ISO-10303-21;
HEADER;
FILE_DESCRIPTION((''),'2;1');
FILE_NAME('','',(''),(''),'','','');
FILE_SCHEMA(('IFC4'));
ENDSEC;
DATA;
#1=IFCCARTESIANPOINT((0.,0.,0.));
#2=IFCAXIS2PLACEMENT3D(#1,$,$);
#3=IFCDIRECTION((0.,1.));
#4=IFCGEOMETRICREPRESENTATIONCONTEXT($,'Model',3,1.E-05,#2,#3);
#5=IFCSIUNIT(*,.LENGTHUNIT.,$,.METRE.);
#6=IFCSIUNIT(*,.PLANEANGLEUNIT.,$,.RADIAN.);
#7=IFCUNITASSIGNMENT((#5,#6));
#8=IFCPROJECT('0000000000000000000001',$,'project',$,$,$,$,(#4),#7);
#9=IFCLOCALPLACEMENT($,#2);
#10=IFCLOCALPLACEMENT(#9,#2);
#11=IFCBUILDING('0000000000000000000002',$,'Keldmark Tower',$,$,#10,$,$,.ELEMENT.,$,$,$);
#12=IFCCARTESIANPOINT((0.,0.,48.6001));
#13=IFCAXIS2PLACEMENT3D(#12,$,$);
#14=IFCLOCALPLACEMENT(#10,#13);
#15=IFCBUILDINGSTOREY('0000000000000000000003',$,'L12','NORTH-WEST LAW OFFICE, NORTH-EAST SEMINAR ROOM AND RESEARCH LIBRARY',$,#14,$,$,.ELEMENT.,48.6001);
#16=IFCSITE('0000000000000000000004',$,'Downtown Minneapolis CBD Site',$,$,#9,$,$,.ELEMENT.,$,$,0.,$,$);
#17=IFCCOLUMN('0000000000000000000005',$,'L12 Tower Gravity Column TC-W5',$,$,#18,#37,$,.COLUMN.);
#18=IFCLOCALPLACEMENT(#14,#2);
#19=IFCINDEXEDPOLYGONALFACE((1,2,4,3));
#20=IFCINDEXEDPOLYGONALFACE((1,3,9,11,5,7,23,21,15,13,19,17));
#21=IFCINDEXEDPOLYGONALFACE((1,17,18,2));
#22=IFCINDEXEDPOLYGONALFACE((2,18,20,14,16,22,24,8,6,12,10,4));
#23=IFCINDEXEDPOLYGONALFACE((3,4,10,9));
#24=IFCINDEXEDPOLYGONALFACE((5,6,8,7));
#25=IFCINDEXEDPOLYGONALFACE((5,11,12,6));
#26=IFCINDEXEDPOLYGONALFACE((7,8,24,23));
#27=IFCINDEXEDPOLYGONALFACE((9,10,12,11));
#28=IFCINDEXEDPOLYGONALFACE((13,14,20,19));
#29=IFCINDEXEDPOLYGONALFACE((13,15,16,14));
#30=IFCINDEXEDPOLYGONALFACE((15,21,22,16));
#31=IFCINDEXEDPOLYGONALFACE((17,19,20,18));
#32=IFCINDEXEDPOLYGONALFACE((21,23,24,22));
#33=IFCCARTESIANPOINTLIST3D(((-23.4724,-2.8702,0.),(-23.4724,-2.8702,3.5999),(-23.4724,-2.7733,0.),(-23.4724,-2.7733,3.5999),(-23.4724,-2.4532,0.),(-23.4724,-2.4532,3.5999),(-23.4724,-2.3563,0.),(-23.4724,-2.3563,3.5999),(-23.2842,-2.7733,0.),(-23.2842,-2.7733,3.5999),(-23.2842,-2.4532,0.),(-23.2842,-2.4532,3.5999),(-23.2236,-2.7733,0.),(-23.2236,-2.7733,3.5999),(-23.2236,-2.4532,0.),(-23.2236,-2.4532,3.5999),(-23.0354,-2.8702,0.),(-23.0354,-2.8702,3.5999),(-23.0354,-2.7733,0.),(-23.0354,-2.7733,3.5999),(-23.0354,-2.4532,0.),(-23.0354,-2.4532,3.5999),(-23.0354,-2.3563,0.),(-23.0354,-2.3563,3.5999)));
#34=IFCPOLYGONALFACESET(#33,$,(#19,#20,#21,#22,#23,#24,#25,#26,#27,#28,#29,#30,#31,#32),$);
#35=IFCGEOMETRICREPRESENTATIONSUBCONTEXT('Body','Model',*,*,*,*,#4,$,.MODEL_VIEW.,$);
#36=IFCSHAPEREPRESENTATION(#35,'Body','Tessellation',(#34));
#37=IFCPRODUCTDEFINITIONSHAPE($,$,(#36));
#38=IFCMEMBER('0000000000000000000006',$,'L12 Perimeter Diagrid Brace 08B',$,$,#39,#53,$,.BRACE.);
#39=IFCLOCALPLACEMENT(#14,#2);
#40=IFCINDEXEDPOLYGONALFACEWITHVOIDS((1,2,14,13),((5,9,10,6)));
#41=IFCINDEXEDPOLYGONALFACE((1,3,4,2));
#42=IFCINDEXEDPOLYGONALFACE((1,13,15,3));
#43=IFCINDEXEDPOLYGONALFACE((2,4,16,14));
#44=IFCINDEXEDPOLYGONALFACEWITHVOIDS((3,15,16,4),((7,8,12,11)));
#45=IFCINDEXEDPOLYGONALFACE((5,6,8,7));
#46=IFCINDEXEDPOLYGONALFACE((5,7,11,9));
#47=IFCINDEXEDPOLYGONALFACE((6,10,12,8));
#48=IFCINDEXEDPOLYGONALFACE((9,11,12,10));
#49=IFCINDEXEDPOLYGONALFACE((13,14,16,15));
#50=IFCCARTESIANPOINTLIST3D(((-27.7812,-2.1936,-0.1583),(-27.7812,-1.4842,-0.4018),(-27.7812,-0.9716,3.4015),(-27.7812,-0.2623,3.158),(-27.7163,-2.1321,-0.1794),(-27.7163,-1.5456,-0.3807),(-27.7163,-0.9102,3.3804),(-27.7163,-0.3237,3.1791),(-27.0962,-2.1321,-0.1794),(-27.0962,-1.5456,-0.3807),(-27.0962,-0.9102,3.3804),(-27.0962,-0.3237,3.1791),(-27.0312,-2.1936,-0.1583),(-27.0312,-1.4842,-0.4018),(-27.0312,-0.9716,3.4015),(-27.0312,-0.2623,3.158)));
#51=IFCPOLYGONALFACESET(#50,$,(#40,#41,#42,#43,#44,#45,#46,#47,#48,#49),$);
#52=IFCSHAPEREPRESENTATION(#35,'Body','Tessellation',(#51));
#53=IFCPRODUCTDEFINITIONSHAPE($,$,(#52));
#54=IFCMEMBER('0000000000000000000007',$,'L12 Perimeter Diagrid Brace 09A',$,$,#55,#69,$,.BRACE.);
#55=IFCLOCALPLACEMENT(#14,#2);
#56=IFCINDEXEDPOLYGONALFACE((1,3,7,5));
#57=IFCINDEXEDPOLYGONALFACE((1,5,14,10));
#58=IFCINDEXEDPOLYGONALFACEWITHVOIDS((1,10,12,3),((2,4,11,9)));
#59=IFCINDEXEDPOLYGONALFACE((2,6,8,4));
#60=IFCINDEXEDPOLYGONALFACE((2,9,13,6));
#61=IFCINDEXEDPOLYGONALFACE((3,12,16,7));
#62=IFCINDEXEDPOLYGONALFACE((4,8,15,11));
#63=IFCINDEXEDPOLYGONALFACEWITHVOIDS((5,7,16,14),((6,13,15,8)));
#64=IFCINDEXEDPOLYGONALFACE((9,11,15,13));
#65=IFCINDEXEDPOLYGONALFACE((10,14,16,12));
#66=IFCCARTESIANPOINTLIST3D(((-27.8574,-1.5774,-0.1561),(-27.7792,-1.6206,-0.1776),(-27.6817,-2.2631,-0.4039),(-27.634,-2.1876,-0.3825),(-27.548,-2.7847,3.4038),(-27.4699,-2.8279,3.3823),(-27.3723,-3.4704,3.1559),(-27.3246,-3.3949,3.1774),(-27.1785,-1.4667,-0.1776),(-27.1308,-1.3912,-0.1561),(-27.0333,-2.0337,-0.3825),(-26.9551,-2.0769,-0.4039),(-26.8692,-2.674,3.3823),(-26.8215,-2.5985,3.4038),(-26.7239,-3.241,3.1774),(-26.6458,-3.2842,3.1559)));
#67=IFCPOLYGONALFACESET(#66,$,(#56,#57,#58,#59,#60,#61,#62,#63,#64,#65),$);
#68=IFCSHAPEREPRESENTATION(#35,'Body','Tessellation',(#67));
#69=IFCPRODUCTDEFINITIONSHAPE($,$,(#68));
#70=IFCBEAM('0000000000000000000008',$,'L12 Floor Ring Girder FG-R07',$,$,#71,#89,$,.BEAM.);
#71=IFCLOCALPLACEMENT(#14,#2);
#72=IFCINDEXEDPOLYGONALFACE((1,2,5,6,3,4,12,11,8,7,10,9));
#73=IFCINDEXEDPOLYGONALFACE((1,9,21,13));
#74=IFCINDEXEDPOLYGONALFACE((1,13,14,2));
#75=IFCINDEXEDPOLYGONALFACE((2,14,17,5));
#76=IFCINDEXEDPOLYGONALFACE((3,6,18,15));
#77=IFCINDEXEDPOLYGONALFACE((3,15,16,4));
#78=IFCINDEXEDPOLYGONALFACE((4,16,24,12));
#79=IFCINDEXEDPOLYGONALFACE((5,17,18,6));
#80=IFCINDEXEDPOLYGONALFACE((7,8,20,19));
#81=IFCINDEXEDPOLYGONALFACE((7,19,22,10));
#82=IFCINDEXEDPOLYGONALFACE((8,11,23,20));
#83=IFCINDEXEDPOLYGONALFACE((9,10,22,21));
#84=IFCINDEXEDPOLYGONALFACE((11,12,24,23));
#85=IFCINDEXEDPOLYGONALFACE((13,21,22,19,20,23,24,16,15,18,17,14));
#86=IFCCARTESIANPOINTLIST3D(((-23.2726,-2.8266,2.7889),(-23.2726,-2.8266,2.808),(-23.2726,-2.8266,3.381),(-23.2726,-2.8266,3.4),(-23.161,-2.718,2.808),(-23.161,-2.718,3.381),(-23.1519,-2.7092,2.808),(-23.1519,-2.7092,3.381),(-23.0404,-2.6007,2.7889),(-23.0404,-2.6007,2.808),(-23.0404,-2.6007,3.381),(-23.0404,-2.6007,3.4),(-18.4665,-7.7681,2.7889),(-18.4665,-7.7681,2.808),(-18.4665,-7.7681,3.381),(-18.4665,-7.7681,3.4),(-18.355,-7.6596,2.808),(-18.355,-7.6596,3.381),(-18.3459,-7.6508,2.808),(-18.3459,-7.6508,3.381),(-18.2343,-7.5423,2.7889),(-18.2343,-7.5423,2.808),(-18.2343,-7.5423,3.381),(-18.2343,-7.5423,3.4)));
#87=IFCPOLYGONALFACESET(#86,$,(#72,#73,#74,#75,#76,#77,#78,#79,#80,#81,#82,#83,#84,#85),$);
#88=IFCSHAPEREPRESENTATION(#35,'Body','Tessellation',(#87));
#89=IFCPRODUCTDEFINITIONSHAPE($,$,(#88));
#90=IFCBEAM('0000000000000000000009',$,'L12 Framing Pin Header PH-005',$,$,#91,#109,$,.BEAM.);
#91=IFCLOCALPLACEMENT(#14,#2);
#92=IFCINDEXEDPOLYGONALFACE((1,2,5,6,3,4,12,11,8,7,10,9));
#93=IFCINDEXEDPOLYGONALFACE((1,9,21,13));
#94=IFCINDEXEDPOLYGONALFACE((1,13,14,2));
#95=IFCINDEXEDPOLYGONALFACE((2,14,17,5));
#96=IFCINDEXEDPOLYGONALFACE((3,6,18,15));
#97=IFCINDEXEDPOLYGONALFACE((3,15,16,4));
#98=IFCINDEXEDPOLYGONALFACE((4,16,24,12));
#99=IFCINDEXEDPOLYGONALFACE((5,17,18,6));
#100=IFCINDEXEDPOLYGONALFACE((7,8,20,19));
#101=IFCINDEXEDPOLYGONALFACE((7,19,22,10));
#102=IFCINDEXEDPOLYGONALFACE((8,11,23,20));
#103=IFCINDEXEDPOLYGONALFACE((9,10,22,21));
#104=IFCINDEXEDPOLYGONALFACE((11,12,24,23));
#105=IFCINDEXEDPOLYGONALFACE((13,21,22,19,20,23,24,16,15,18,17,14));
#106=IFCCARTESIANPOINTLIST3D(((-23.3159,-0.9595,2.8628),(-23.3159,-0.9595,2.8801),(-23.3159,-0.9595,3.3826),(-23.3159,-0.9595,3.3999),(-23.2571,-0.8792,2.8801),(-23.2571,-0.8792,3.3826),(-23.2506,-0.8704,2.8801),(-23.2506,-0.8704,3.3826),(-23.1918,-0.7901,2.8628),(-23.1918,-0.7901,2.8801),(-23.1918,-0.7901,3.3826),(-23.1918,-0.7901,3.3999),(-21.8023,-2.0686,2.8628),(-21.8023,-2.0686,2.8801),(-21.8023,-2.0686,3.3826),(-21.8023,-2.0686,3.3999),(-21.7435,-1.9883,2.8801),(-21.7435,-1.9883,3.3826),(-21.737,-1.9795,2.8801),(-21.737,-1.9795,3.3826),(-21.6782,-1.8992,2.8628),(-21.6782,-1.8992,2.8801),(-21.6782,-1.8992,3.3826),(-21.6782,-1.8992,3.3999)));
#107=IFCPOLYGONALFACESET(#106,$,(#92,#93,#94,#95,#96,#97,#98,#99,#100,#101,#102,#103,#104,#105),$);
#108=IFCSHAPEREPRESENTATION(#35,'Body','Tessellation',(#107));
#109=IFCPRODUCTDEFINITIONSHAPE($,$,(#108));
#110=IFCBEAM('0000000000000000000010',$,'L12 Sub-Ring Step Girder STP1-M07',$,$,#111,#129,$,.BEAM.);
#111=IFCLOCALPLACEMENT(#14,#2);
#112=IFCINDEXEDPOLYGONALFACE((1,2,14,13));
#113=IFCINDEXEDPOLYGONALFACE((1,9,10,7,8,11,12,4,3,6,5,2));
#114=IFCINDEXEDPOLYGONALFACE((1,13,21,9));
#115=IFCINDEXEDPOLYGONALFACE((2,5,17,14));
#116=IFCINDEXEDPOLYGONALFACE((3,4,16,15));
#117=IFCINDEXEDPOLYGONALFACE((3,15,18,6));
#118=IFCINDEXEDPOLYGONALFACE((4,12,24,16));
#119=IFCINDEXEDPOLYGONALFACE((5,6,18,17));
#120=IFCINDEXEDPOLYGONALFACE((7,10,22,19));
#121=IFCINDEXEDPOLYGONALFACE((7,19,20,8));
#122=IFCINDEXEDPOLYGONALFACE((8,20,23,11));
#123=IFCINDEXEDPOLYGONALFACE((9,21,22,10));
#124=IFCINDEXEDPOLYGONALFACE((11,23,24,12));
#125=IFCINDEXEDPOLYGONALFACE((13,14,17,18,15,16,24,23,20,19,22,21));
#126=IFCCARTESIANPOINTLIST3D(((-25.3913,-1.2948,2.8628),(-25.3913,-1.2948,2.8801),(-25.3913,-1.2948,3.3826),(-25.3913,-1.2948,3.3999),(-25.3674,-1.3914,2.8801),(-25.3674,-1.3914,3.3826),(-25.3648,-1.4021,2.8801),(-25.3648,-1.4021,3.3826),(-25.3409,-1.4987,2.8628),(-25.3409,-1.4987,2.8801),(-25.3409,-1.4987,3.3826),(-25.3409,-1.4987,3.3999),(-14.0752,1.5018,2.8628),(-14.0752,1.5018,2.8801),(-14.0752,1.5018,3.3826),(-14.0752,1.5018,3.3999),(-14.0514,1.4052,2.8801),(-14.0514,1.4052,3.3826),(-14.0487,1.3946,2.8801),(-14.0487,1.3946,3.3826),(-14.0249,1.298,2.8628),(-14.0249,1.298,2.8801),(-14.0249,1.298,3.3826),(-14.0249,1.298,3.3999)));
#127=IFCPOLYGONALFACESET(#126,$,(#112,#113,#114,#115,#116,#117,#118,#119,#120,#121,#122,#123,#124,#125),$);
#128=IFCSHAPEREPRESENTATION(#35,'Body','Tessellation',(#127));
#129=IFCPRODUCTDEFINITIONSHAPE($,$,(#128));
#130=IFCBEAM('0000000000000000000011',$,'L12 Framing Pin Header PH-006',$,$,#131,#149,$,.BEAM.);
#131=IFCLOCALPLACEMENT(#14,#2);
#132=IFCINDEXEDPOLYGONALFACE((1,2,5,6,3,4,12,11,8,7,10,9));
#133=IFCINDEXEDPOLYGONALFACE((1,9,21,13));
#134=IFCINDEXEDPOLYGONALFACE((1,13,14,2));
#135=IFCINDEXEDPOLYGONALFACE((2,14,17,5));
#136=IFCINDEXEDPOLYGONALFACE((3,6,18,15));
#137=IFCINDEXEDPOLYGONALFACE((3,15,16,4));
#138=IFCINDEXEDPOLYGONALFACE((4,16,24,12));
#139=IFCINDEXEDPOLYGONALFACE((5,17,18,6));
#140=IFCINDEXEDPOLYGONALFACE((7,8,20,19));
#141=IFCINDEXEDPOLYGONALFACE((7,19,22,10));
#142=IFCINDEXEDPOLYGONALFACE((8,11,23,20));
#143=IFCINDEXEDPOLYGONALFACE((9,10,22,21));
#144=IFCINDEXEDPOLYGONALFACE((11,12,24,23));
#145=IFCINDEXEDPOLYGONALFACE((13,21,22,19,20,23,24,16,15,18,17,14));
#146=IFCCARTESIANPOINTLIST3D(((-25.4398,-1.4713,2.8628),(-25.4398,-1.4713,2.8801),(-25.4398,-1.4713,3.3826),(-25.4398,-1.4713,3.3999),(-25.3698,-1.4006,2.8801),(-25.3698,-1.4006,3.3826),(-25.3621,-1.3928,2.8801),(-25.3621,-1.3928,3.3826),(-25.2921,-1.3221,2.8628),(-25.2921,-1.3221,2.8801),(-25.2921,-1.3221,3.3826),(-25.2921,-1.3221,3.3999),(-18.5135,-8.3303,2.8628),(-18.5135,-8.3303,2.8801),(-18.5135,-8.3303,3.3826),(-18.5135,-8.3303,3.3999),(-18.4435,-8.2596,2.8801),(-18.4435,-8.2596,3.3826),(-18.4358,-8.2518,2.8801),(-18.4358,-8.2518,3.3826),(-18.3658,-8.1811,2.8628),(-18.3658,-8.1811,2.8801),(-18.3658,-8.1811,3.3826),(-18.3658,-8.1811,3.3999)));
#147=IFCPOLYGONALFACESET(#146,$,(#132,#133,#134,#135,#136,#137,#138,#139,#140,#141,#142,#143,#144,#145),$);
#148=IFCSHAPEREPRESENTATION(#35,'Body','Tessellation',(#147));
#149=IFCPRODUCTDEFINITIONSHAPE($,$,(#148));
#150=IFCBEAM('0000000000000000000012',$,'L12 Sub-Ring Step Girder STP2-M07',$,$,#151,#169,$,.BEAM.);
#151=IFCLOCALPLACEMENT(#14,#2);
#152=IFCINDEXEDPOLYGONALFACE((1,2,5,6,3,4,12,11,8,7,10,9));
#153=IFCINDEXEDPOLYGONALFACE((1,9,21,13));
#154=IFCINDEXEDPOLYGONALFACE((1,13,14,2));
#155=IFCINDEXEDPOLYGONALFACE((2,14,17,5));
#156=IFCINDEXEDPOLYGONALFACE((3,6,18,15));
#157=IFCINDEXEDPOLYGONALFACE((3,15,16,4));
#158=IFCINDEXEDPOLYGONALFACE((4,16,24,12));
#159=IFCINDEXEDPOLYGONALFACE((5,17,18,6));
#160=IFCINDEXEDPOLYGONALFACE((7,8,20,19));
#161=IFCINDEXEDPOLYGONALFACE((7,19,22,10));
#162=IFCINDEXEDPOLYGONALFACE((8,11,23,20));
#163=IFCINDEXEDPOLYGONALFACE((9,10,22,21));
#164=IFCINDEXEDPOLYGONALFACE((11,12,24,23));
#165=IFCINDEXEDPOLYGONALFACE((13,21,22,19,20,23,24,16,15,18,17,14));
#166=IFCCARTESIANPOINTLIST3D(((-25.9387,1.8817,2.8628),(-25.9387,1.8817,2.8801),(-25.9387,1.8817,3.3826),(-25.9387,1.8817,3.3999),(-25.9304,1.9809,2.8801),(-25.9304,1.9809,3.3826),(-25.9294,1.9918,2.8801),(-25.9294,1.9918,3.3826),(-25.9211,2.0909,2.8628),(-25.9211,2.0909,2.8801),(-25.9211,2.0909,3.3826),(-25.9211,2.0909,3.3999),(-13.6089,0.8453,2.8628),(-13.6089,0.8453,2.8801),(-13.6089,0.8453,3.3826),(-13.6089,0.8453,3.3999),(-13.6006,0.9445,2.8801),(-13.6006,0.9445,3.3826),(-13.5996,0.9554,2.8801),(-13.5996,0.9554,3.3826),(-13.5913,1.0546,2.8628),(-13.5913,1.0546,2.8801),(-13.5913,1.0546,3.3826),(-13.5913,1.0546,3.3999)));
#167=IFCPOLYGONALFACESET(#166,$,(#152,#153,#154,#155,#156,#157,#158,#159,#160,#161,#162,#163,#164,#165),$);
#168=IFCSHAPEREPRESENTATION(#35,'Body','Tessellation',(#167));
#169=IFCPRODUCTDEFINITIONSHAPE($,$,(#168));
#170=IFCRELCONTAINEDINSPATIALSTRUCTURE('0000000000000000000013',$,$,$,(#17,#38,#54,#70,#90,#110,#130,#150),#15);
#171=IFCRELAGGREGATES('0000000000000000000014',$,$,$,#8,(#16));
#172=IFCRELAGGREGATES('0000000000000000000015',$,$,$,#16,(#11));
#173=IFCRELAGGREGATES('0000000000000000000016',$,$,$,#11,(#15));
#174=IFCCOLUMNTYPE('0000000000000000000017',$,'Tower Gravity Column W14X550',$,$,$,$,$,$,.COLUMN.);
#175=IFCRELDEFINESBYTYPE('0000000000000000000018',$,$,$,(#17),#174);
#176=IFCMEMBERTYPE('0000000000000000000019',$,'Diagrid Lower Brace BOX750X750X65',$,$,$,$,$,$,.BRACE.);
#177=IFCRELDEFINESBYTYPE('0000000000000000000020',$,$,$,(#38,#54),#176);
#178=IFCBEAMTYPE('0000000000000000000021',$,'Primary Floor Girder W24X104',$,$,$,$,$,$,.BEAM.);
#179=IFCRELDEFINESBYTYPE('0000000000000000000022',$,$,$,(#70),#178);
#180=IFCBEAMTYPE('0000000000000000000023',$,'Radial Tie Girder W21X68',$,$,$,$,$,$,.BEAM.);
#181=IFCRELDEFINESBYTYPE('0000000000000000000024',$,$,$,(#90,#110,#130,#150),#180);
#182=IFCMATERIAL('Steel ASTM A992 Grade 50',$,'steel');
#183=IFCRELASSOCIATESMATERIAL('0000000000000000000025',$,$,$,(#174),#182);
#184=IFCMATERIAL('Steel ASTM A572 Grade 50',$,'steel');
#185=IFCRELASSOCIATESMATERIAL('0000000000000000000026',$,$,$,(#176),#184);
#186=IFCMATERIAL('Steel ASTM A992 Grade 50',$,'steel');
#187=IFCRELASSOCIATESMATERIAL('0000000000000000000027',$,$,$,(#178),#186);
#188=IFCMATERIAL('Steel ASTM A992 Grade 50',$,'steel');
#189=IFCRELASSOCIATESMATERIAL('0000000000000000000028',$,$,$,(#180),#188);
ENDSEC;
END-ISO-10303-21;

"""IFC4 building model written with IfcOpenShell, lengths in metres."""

from ifc_helpers import new_model, si_unit, direction, frame, origin, origin_2d, place, context, subcontext, project, spatial, hollow_rectangle, i_section, extrude, material, material_profile, profile_set, type_object, element, save


model = new_model("IFC4")

# Units and contexts
model_context = context("Model", 3, precision=1e-05, world=origin(), true_north=direction((0.0, 1.0)))
body_context = subcontext(model_context, "Body", "Model", "MODEL_VIEW")
ifc_project = project(units=[si_unit("LENGTHUNIT", "METRE"), si_unit("PLANEANGLEUNIT", "RADIAN")], contexts=[model_context])

# Site, building, storey
site_placement = place(None, origin())
site = spatial("IfcSite", under=ifc_project, at=site_placement, Name="Downtown Minneapolis CBD Site", CompositionType="ELEMENT", RefElevation=0.0)
building_placement = place(site_placement, origin())
building = spatial("IfcBuilding", under=site, at=building_placement, Name="Keldmark Tower", CompositionType="ELEMENT")
storey_placement = place(building_placement, frame((0.0, 0.0, 48.6001)))
storey = spatial("IfcBuildingStorey", under=building, at=storey_placement, Name="L12", Description="NORTH-WEST LAW OFFICE, NORTH-EAST SEMINAR ROOM AND RESEARCH LIBRARY", CompositionType="ELEMENT", Elevation=48.6001)

# Column
ifc_material_1 = material(Name="Steel ASTM A992 Grade 50", Category="steel")
ifc_material_profile_1 = material_profile(ifc_material_1, i_section(OverallWidth=0.437, OverallDepth=0.5139, WebThickness=0.0605, FlangeThickness=0.0969, at=origin_2d()), Name="W14X550")
ifc_profile_set_1 = profile_set([ifc_material_profile_1], Name="Steel ASTM A992 Grade 50")
column_type = type_object("IfcColumnType", Name="Tower Gravity Column W14X550", PredefinedType="COLUMN", material=ifc_profile_set_1)
column_placement = place(storey_placement, frame((-23.2539, -2.6133, 0.0), z_axis=(0.0, 0.0, 1.0), x_axis=(1.0, 0.0, 0.0)))
element("IfcColumn", 1, at=column_placement, inside=storey, type_object=column_type, Name="L12 Tower Gravity Column TC-W5", PredefinedType="COLUMN", context=body_context, shape_type="SweptSolid", body=[
    extrude(i_section(OverallWidth=0.437, OverallDepth=0.5139, WebThickness=0.0605, FlangeThickness=0.0969, at=origin_2d()), origin(), (0.0, 0.0, 1.0), 3.5999),
])

# Members
ifc_material_2 = material(Name="Steel ASTM A572 Grade 50", Category="steel")
ifc_material_profile_2 = material_profile(ifc_material_2, hollow_rectangle(XDim=0.75, YDim=0.75, WallThickness=0.0649, at=origin_2d()), Name="BOX750X750X65")
ifc_profile_set_2 = profile_set([ifc_material_profile_2], Name="Steel ASTM A572 Grade 50")
member_type = type_object("IfcMemberType", Name="Diagrid Lower Brace BOX750X750X65", PredefinedType="BRACE", material=ifc_profile_set_2)
member_1_placement = place(storey_placement, frame((-27.4062, -1.8389, -0.28), z_axis=(0.0, 0.324661, 0.94583), x_axis=(-1.0, 0.0, 0.0)))
element("IfcMember", 2, at=member_1_placement, inside=storey, type_object=member_type, Name="L12 Perimeter Diagrid Brace 08B", PredefinedType="BRACE", context=body_context, shape_type="SweptSolid", body=[
    extrude(hollow_rectangle(XDim=0.75, YDim=0.75, WallThickness=0.0649, at=origin_2d()), origin(), (0.0, 0.0, 1.0), 3.7637),
])
member_2_placement = place(storey_placement, frame((-27.4062, -1.8271, -0.28), z_axis=(0.082013, -0.320091, 0.94383), x_axis=(0.968709, 0.248201, 0.0)))
element("IfcMember", 3, at=member_2_placement, inside=storey, type_object=member_type, Name="L12 Perimeter Diagrid Brace 09A", PredefinedType="BRACE", context=body_context, shape_type="SweptSolid", body=[
    extrude(hollow_rectangle(XDim=0.75, YDim=0.75, WallThickness=0.0649, at=origin_2d()), origin(), (0.0, 0.0, 1.0), 3.7717),
])

# Beams
ifc_material_3 = material(Name="Steel ASTM A992 Grade 50", Category="steel")
ifc_material_profile_3 = material_profile(ifc_material_3, i_section(OverallWidth=0.324, OverallDepth=0.6111, WebThickness=0.0127, FlangeThickness=0.019, at=origin_2d()), Name="W24X104")
ifc_profile_set_3 = profile_set([ifc_material_profile_3], Name="Steel ASTM A992 Grade 50")
beam_type_1 = type_object("IfcBeamType", Name="Primary Floor Girder W24X104", PredefinedType="BEAM", material=ifc_profile_set_3)
beam_1_placement = place(storey_placement, frame((-23.1565, -2.7136, 3.0945), z_axis=(0.69721, -0.716867, 0.0), x_axis=(0.716867, 0.69721, 0.0)))
element("IfcBeam", 4, at=beam_1_placement, inside=storey, type_object=beam_type_1, Name="L12 Floor Ring Girder FG-R07", PredefinedType="BEAM", context=body_context, shape_type="SweptSolid", body=[
    extrude(i_section(OverallWidth=0.324, OverallDepth=0.6111, WebThickness=0.0127, FlangeThickness=0.019, at=origin_2d()), origin(), (0.0, 0.0, 1.0), 6.8933),
])
ifc_material_4 = material(Name="Steel ASTM A992 Grade 50", Category="steel")
ifc_material_profile_4 = material_profile(ifc_material_4, i_section(OverallWidth=0.21, OverallDepth=0.5371, WebThickness=0.011, FlangeThickness=0.0173, at=origin_2d()), Name="W21X68")
ifc_profile_set_4 = profile_set([ifc_material_profile_4], Name="Steel ASTM A992 Grade 50")
beam_type_2 = type_object("IfcBeamType", Name="Radial Tie Girder W21X68", PredefinedType="BEAM", material=ifc_profile_set_4)
beam_2_placement = place(storey_placement, frame((-21.7402, -1.9839, 3.1313), z_axis=(-0.806632, 0.591053, 0.0), x_axis=(-0.591053, -0.806632, 0.0)))
element("IfcBeam", 5, at=beam_2_placement, inside=storey, type_object=beam_type_2, Name="L12 Framing Pin Header PH-005", PredefinedType="BEAM", context=body_context, shape_type="SweptSolid", body=[
    extrude(i_section(OverallWidth=0.21, OverallDepth=0.5371, WebThickness=0.011, FlangeThickness=0.0173, at=origin_2d()), origin(), (0.0, 0.0, 1.0), 1.8765),
])
beam_3_placement = place(storey_placement, frame((-14.05, 1.3999, 3.1313), z_axis=(-0.970792, -0.239923, 0.0), x_axis=(0.239923, -0.970792, 0.0)))
element("IfcBeam", 6, at=beam_3_placement, inside=storey, type_object=beam_type_2, Name="L12 Sub-Ring Step Girder STP1-M07", PredefinedType="BEAM", context=body_context, shape_type="SweptSolid", body=[
    extrude(i_section(OverallWidth=0.21, OverallDepth=0.5371, WebThickness=0.011, FlangeThickness=0.0173, at=origin_2d()), origin(), (0.0, 0.0, 1.0), 11.6565),
])
beam_4_placement = place(storey_placement, frame((-25.366, -1.3967, 3.1313), z_axis=(0.710555, -0.703642, 0.0), x_axis=(0.703642, 0.710555, 0.0)))
element("IfcBeam", 7, at=beam_4_placement, inside=storey, type_object=beam_type_2, Name="L12 Framing Pin Header PH-006", PredefinedType="BEAM", context=body_context, shape_type="SweptSolid", body=[
    extrude(i_section(OverallWidth=0.21, OverallDepth=0.5371, WebThickness=0.011, FlangeThickness=0.0173, at=origin_2d()), origin(), (0.0, 0.0, 1.0), 9.7478),
])
beam_5_placement = place(storey_placement, frame((-13.6001, 0.95, 3.1313), z_axis=(-0.996486, 0.083759, 0.0), x_axis=(-0.083759, -0.996486, 0.0)))
element("IfcBeam", 8, at=beam_5_placement, inside=storey, type_object=beam_type_2, Name="L12 Sub-Ring Step Girder STP2-M07", PredefinedType="BEAM", context=body_context, shape_type="SweptSolid", body=[
    extrude(i_section(OverallWidth=0.21, OverallDepth=0.5371, WebThickness=0.011, FlangeThickness=0.0173, at=origin_2d()), origin(), (0.0, 0.0, 1.0), 12.3733),
])

save(model, "model.ifc")
